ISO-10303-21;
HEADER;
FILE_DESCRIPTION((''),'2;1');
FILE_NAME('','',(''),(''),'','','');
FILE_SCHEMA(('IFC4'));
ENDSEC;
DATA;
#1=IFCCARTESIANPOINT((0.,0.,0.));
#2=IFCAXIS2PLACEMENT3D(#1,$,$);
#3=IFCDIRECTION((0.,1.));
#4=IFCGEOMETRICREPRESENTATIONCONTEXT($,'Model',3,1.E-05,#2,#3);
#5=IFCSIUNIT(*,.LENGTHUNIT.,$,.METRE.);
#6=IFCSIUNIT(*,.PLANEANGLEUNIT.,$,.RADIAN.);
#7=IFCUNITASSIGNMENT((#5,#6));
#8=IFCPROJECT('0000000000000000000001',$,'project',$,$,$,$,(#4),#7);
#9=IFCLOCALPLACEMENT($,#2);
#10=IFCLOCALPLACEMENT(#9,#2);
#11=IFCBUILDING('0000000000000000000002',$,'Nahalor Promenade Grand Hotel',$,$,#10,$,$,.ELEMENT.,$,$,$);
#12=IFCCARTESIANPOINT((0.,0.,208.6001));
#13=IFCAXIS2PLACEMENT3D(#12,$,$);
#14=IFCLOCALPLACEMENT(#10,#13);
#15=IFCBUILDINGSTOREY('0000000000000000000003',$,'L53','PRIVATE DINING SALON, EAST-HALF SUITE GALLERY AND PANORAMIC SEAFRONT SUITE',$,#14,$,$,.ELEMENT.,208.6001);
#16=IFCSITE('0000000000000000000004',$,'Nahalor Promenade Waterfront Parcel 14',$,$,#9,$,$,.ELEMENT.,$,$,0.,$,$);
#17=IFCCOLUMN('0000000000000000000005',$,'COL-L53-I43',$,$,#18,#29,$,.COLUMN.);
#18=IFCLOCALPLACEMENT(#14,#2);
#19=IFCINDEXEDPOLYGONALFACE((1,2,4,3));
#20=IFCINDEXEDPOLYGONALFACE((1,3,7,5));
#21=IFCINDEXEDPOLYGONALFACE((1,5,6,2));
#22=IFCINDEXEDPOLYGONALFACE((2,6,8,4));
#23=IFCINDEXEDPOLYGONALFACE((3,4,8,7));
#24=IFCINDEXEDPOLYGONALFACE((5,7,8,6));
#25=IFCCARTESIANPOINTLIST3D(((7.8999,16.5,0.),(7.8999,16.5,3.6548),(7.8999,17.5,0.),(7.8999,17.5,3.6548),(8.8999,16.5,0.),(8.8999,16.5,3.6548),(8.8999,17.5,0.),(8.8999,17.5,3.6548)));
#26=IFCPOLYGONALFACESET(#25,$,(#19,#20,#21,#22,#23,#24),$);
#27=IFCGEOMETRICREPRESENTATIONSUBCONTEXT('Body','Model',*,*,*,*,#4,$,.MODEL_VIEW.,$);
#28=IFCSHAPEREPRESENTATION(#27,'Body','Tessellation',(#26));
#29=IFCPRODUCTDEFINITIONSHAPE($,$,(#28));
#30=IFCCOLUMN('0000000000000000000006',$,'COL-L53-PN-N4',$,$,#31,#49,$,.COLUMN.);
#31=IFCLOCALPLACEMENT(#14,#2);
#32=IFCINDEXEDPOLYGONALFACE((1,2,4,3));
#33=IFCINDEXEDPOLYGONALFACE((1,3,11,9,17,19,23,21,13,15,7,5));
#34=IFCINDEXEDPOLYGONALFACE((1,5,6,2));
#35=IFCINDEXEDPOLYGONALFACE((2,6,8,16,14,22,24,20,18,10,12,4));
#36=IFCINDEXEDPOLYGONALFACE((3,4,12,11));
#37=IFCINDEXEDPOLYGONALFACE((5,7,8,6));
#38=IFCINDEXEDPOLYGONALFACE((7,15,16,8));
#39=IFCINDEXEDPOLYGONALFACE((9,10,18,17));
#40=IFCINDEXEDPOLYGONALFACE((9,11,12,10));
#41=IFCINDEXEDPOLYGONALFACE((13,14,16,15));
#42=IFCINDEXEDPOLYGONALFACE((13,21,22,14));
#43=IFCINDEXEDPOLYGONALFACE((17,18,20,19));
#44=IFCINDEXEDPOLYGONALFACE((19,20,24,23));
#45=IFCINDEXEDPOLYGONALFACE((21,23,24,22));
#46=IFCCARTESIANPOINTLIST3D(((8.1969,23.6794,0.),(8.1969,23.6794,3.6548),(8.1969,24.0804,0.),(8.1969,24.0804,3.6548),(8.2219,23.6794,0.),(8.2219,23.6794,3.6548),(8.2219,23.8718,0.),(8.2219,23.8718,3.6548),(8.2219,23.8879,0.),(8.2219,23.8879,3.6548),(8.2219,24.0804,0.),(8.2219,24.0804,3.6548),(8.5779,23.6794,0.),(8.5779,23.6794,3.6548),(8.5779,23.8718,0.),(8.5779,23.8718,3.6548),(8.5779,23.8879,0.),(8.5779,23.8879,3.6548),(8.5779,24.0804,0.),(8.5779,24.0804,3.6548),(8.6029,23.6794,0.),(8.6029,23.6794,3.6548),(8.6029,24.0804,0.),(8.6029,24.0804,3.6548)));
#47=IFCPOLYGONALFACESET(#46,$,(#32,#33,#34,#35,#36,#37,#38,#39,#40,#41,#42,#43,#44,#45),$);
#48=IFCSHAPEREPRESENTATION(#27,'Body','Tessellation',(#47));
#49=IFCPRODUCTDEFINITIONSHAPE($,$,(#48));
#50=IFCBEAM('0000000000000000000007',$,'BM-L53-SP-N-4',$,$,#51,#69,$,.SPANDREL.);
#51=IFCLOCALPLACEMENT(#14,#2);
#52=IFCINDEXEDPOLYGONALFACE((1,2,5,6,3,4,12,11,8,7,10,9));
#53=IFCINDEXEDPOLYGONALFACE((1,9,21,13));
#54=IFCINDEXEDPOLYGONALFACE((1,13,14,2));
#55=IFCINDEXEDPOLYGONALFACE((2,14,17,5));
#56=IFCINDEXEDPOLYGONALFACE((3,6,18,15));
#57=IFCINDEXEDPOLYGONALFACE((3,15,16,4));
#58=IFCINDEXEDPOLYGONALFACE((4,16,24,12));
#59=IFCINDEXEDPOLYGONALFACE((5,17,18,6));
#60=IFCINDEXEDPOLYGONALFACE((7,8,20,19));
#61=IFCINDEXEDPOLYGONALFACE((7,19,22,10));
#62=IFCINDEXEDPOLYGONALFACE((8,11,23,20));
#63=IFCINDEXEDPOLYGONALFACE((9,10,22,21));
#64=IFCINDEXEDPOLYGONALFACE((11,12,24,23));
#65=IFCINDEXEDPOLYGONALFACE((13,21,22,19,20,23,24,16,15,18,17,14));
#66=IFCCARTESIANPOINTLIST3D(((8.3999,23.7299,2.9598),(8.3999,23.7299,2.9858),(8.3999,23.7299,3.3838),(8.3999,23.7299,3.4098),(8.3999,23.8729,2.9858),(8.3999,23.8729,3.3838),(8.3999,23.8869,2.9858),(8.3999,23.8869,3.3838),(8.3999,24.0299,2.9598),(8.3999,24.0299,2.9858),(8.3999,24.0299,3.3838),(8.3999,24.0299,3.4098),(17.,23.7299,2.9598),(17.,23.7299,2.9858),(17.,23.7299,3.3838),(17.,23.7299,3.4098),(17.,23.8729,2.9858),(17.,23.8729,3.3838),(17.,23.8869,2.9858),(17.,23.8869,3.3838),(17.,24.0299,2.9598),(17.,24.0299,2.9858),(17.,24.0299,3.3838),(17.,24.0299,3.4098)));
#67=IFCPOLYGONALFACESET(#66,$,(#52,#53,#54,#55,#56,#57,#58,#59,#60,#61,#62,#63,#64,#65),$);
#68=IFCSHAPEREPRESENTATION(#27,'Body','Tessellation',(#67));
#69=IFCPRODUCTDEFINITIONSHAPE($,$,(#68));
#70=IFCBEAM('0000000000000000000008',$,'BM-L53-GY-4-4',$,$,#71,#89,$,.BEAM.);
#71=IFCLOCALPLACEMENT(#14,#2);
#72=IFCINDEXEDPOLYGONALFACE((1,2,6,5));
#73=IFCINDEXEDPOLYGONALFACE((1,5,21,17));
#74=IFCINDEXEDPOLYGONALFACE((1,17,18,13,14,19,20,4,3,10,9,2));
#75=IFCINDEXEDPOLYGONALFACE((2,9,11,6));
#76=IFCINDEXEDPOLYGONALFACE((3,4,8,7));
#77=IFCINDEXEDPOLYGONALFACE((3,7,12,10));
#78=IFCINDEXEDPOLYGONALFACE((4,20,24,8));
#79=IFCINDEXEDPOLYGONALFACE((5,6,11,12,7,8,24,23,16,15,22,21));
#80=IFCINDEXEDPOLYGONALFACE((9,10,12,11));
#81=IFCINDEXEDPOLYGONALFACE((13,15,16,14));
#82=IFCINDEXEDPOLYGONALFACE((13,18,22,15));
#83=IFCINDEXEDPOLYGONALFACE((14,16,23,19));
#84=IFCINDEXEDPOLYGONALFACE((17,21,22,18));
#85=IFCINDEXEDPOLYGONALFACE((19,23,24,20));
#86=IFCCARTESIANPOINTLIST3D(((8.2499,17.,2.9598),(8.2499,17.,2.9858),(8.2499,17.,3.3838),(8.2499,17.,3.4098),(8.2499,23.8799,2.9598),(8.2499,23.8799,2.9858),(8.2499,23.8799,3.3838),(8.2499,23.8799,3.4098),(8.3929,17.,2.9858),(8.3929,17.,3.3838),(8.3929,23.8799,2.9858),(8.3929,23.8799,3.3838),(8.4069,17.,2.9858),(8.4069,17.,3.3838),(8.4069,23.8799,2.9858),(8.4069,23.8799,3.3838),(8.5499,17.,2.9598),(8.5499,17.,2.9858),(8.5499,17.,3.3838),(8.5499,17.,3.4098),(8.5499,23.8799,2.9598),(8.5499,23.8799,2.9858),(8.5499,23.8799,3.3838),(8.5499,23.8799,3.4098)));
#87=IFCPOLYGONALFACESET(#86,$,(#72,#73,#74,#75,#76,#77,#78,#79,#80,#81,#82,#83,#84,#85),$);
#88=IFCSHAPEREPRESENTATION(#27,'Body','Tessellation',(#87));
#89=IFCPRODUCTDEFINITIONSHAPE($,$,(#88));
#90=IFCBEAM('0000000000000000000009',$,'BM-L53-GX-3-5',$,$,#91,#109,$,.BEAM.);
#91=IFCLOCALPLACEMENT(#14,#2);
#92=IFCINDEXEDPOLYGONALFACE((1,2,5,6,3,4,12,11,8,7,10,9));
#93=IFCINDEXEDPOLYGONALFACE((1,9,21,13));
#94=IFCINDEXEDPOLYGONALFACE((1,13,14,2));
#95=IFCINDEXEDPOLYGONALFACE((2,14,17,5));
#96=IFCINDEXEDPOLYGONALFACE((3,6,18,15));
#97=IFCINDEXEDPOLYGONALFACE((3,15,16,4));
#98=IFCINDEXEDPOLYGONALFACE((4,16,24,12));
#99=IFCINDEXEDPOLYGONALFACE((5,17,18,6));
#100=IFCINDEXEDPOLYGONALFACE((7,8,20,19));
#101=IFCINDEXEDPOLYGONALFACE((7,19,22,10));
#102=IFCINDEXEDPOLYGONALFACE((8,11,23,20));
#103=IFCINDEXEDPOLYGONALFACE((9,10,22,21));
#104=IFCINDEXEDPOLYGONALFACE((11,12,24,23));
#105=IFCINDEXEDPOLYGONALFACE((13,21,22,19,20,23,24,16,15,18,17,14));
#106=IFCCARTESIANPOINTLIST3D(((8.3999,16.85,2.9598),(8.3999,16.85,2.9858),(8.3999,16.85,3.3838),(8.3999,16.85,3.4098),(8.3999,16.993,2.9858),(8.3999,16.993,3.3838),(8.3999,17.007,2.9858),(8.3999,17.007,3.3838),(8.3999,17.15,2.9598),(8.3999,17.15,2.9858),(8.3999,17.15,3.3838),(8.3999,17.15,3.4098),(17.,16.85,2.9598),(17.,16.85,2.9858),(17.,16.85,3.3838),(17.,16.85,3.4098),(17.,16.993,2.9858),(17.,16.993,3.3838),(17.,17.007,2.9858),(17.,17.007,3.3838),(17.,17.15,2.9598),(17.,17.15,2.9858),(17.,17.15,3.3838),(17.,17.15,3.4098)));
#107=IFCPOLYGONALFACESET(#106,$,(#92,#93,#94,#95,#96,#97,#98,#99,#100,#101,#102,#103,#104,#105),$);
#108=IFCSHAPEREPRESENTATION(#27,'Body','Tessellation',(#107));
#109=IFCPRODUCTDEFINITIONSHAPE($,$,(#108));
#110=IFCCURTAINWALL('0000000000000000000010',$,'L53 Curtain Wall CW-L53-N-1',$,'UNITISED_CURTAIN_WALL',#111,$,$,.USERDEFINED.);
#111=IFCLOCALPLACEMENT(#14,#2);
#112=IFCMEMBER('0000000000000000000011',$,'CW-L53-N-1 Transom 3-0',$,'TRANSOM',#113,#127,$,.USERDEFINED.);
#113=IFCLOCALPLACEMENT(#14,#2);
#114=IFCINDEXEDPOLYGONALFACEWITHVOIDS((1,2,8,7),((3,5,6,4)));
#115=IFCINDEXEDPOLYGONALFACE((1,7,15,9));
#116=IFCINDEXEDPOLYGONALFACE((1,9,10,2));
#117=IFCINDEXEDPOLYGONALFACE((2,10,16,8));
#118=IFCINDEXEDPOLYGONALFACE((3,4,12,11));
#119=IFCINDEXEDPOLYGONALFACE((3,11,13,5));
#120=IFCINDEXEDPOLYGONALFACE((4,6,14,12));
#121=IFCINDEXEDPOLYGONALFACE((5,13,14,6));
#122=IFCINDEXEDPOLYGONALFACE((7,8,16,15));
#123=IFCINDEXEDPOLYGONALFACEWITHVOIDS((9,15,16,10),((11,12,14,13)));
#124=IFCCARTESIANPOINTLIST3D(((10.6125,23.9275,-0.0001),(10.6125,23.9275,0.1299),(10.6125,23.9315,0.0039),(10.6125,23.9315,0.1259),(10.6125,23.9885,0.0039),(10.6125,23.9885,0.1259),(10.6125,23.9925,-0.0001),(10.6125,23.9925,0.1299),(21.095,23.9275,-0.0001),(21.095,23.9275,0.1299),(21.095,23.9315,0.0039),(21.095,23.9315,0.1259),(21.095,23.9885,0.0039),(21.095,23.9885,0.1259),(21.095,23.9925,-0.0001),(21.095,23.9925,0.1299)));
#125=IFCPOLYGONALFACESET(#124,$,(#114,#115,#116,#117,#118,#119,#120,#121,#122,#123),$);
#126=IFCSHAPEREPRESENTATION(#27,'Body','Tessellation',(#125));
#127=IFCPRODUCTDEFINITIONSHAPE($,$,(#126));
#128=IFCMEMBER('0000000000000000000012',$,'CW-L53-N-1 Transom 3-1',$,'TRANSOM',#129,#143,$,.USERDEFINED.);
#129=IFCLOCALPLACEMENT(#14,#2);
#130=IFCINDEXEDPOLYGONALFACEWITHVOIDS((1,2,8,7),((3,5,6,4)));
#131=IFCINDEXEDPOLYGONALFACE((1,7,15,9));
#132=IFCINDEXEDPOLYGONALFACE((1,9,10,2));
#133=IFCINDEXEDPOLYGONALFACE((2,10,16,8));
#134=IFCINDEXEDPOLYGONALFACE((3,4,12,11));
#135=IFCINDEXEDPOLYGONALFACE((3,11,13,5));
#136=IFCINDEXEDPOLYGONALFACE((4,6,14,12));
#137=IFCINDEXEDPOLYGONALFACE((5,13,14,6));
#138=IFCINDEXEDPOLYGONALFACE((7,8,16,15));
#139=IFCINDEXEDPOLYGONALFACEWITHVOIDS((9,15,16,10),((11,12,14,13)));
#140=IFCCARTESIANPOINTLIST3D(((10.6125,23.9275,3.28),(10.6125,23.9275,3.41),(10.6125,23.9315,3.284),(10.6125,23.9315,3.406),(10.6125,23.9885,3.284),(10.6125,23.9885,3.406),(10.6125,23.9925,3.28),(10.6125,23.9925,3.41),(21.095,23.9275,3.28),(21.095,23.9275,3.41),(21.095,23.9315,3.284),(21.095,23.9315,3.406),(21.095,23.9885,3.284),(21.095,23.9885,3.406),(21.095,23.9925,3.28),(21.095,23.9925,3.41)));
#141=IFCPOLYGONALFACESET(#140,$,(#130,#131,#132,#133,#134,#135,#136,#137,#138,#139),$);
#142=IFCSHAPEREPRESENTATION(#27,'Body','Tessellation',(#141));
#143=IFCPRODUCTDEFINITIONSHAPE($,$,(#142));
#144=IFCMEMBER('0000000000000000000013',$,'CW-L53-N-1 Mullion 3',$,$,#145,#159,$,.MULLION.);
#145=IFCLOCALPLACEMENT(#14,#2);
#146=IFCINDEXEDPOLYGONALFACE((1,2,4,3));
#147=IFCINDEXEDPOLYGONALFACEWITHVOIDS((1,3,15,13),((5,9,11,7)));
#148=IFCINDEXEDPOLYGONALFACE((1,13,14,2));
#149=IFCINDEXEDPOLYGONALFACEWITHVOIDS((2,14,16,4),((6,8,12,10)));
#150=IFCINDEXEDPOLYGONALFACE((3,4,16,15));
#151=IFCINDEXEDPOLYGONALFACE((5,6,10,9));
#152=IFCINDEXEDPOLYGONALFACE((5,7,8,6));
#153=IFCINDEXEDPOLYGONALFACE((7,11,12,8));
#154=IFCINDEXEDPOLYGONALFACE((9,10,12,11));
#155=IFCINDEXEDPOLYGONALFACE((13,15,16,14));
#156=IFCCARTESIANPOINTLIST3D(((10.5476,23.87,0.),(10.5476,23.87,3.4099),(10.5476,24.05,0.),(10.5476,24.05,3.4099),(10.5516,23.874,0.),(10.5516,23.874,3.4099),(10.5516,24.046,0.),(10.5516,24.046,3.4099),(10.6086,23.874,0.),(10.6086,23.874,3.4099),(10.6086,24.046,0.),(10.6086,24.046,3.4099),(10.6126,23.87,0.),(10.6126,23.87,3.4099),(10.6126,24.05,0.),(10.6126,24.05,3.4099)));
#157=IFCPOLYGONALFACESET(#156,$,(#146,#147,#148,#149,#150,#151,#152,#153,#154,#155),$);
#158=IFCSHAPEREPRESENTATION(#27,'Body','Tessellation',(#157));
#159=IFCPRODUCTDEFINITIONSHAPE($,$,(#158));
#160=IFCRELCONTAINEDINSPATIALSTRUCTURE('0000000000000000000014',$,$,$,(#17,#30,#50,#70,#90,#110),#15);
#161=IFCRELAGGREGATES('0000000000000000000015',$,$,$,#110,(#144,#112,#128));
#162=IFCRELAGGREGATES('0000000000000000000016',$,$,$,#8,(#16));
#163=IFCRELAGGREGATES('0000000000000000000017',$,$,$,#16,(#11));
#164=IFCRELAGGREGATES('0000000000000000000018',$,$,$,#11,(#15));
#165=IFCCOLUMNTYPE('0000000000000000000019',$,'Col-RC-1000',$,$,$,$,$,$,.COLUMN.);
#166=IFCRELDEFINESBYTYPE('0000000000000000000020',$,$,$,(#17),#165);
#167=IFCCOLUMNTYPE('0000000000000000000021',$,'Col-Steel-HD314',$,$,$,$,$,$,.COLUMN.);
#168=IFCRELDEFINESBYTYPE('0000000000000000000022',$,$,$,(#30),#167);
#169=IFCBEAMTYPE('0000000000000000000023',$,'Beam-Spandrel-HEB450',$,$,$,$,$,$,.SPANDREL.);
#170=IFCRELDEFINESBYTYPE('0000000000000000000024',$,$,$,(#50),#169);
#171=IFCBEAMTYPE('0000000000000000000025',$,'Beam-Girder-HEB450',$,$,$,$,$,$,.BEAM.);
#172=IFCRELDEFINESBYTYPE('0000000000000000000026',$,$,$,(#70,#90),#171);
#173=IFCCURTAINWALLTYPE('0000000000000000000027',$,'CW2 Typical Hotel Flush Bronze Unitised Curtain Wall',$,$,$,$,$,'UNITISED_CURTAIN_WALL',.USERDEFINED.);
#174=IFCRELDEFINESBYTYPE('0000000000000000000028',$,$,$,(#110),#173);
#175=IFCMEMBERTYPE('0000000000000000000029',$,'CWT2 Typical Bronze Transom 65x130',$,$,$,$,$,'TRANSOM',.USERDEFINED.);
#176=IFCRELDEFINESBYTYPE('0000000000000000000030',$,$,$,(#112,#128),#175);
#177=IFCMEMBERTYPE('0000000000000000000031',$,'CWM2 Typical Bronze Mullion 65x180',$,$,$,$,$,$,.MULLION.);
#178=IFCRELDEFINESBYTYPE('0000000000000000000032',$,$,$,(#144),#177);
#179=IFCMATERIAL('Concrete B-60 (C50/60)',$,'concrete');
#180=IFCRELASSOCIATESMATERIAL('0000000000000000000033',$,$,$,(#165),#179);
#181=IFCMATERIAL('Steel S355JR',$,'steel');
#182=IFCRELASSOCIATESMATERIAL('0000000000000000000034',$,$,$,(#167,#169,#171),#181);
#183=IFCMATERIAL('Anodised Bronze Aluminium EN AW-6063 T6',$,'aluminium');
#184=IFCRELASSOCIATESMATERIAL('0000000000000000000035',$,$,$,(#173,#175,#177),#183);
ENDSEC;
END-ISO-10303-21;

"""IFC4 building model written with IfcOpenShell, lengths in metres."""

from ifc_helpers import new_model, si_unit, direction, frame, origin, origin_2d, place, context, subcontext, project, spatial, rectangle, hollow_rectangle, i_section, extrude, source, transform, mapped, material, material_profile, profile_set, type_object, element, aggregate, save


model = new_model("IFC4")

# Units and contexts
model_context = context("Model", 3, precision=1e-05, world=origin(), true_north=direction((0.0, 1.0)))
body_context = subcontext(model_context, "Body", "Model", "MODEL_VIEW")
ifc_project = project(units=[si_unit("LENGTHUNIT", "METRE"), si_unit("PLANEANGLEUNIT", "RADIAN")], contexts=[model_context])

# Site, building, storey
site_placement = place(None, origin())
site = spatial("IfcSite", under=ifc_project, at=site_placement, Name="Nahalor Promenade Waterfront Parcel 14", CompositionType="ELEMENT", RefElevation=0.0)
building_placement = place(site_placement, origin())
building = spatial("IfcBuilding", under=site, at=building_placement, Name="Nahalor Promenade Grand Hotel", CompositionType="ELEMENT")
storey_placement = place(building_placement, frame((0.0, 0.0, 208.6001)))
storey = spatial("IfcBuildingStorey", under=building, at=storey_placement, Name="L53", Description="PRIVATE DINING SALON, EAST-HALF SUITE GALLERY AND PANORAMIC SEAFRONT SUITE", CompositionType="ELEMENT", Elevation=208.6001)

# Columns
ifc_material_1 = material(Name="Concrete B-60 (C50/60)", Category="concrete")
ifc_material_profile_1 = material_profile(ifc_material_1, rectangle(XDim=1.0, YDim=1.0, at=origin_2d()), Name="RC 1000x1000")
ifc_profile_set_1 = profile_set([ifc_material_profile_1], Name="Concrete B-60 (C50/60)")
column_type_1 = type_object("IfcColumnType", Name="Col-RC-1000", PredefinedType="COLUMN", material=ifc_profile_set_1)
shared_shape_1 = source(origin(), body_context, "Body", "SweptSolid", [
    extrude(rectangle(XDim=1.0, YDim=1.0, at=origin_2d()), origin(), (0.0, 0.0, 1.0), 3.6548),
])
column_1_placement = place(storey_placement, frame((8.3999, 17.0, 0.0), z_axis=(0.0, 0.0, 1.0), x_axis=(1.0, 0.0, 0.0)))
element("IfcColumn", 1, at=column_1_placement, inside=storey, type_object=column_type_1, Name="COL-L53-I43", PredefinedType="COLUMN", context=body_context, shape_type="MappedRepresentation", body=[
    mapped(shared_shape_1, transform((0.0, 0.0, 0.0), scale=1.0)),
])
ifc_material_2 = material(Name="Steel S355JR", Category="steel")
ifc_material_profile_2 = material_profile(ifc_material_2, i_section(OverallWidth=0.401, OverallDepth=0.406, WebThickness=0.0161, FlangeThickness=0.025, at=origin_2d()), Name="HD 400x314")
ifc_profile_set_2 = profile_set([ifc_material_profile_2], Name="Steel S355JR")
column_type_2 = type_object("IfcColumnType", Name="Col-Steel-HD314", PredefinedType="COLUMN", material=ifc_profile_set_2)
shared_shape_2 = source(origin(), body_context, "Body", "SweptSolid", [
    extrude(i_section(OverallWidth=0.401, OverallDepth=0.406, WebThickness=0.0161, FlangeThickness=0.025, at=origin_2d()), origin(), (0.0, 0.0, 1.0), 3.6548),
])
column_2_placement = place(storey_placement, frame((8.3999, 23.8799, 0.0), z_axis=(0.0, 0.0, 1.0), x_axis=(0.0, 1.0, 0.0)))
element("IfcColumn", 2, at=column_2_placement, inside=storey, type_object=column_type_2, Name="COL-L53-PN-N4", PredefinedType="COLUMN", context=body_context, shape_type="MappedRepresentation", body=[
    mapped(shared_shape_2, transform((0.0, 0.0, 0.0), scale=1.0)),
])

# Beams
ifc_material_profile_3 = material_profile(ifc_material_2, i_section(OverallWidth=0.3, OverallDepth=0.45, WebThickness=0.014, FlangeThickness=0.026, at=origin_2d()), Name="HEB 450")
ifc_profile_set_3 = profile_set([ifc_material_profile_3], Name="Steel S355JR")
beam_type_1 = type_object("IfcBeamType", Name="Beam-Spandrel-HEB450", PredefinedType="SPANDREL", material=ifc_profile_set_3)
shared_shape_3 = source(origin(), body_context, "Body", "SweptSolid", [
    extrude(i_section(OverallWidth=0.3, OverallDepth=0.45, WebThickness=0.014, FlangeThickness=0.026, at=origin_2d()), origin(), (0.0, 0.0, 1.0), 8.6001),
])
beam_1_placement = place(storey_placement, frame((8.3999, 23.8799, 3.1848), z_axis=(1.0, 0.0, 0.0), x_axis=(0.0, 1.0, 0.0)))
element("IfcBeam", 3, at=beam_1_placement, inside=storey, type_object=beam_type_1, Name="BM-L53-SP-N-4", PredefinedType="SPANDREL", context=body_context, shape_type="MappedRepresentation", body=[
    mapped(shared_shape_3, transform((0.0, 0.0, 0.0), scale=1.0)),
])
ifc_material_profile_4 = material_profile(ifc_material_2, i_section(OverallWidth=0.3, OverallDepth=0.45, WebThickness=0.014, FlangeThickness=0.026, at=origin_2d()), Name="HEB 450")
ifc_profile_set_4 = profile_set([ifc_material_profile_4], Name="Steel S355JR")
beam_type_2 = type_object("IfcBeamType", Name="Beam-Girder-HEB450", PredefinedType="BEAM", material=ifc_profile_set_4)
shared_shape_4 = source(origin(), body_context, "Body", "SweptSolid", [
    extrude(i_section(OverallWidth=0.3, OverallDepth=0.45, WebThickness=0.014, FlangeThickness=0.026, at=origin_2d()), origin(), (0.0, 0.0, 1.0), 6.8799),
])
beam_2_placement = place(storey_placement, frame((8.3999, 17.0, 3.1848), z_axis=(0.0, 1.0, 0.0), x_axis=(-1.0, 0.0, 0.0)))
element("IfcBeam", 4, at=beam_2_placement, inside=storey, type_object=beam_type_2, Name="BM-L53-GY-4-4", PredefinedType="BEAM", context=body_context, shape_type="MappedRepresentation", body=[
    mapped(shared_shape_4, transform((0.0, 0.0, 0.0), scale=1.0)),
])
shared_shape_5 = source(origin(), body_context, "Body", "SweptSolid", [
    extrude(i_section(OverallWidth=0.3, OverallDepth=0.45, WebThickness=0.014, FlangeThickness=0.026, at=origin_2d()), origin(), (0.0, 0.0, 1.0), 8.6001),
])
beam_3_placement = place(storey_placement, frame((8.3999, 17.0, 3.1848), z_axis=(1.0, 0.0, 0.0), x_axis=(0.0, 1.0, 0.0)))
element("IfcBeam", 5, at=beam_3_placement, inside=storey, type_object=beam_type_2, Name="BM-L53-GX-3-5", PredefinedType="BEAM", context=body_context, shape_type="MappedRepresentation", body=[
    mapped(shared_shape_5, transform((0.0, 0.0, 0.0), scale=1.0)),
])

# Curtain wall, members
ifc_material_3 = material(Name="Anodised Bronze Aluminium EN AW-6063 T6", Category="aluminium")
curtain_wall_type = type_object("IfcCurtainWallType", Name="CW2 Typical Hotel Flush Bronze Unitised Curtain Wall", ElementType="UNITISED_CURTAIN_WALL", PredefinedType="USERDEFINED", material=ifc_material_3)
curtain_wall_placement = place(storey_placement, origin())
curtain_wall = element("IfcCurtainWall", 6, at=curtain_wall_placement, inside=storey, type_object=curtain_wall_type, Name="L53 Curtain Wall CW-L53-N-1", ObjectType="UNITISED_CURTAIN_WALL", PredefinedType="USERDEFINED")
ifc_material_profile_5 = material_profile(ifc_material_3, hollow_rectangle(XDim=0.065, YDim=0.13, WallThickness=0.004, at=origin_2d()), Name="CWT 65x130x4")
ifc_profile_set_5 = profile_set([ifc_material_profile_5], Name="Anodised Bronze Aluminium EN AW-6063 T6")
member_type_1 = type_object("IfcMemberType", Name="CWT2 Typical Bronze Transom 65x130", ElementType="TRANSOM", PredefinedType="USERDEFINED", material=ifc_profile_set_5)
shared_shape_6 = source(origin(), body_context, "Body", "SweptSolid", [
    extrude(hollow_rectangle(XDim=0.065, YDim=0.13, WallThickness=0.004, at=origin_2d()), origin(), (0.0, 0.0, 1.0), 10.4824),
])
member_1_placement = place(storey_placement, frame((10.6125, 23.96, 0.0649), z_axis=(1.0, 0.0, 0.0), x_axis=(0.0, 1.0, 0.0)))
member_1 = element("IfcMember", 7, at=member_1_placement, type_object=member_type_1, Name="CW-L53-N-1 Transom 3-0", ObjectType="TRANSOM", PredefinedType="USERDEFINED", context=body_context, shape_type="MappedRepresentation", body=[
    mapped(shared_shape_6, transform((0.0, 0.0, 0.0), scale=1.0)),
])
member_2_placement = place(storey_placement, frame((10.6125, 23.96, 3.345), z_axis=(1.0, 0.0, 0.0), x_axis=(0.0, 1.0, 0.0)))
member_2 = element("IfcMember", 8, at=member_2_placement, type_object=member_type_1, Name="CW-L53-N-1 Transom 3-1", ObjectType="TRANSOM", PredefinedType="USERDEFINED", context=body_context, shape_type="MappedRepresentation", body=[
    mapped(shared_shape_6, transform((0.0, 0.0, 0.0), scale=1.0)),
])
ifc_material_profile_6 = material_profile(ifc_material_3, hollow_rectangle(XDim=0.065, YDim=0.18, WallThickness=0.004, at=origin_2d()), Name="CWM 65x180x4")
ifc_profile_set_6 = profile_set([ifc_material_profile_6], Name="Anodised Bronze Aluminium EN AW-6063 T6")
member_type_2 = type_object("IfcMemberType", Name="CWM2 Typical Bronze Mullion 65x180", PredefinedType="MULLION", material=ifc_profile_set_6)
shared_shape_7 = source(origin(), body_context, "Body", "SweptSolid", [
    extrude(hollow_rectangle(XDim=0.065, YDim=0.18, WallThickness=0.004, at=origin_2d()), origin(), (0.0, 0.0, 1.0), 3.4099),
])
member_3_placement = place(storey_placement, frame((10.5801, 23.96, 0.0), z_axis=(0.0, 0.0, 1.0), x_axis=(1.0, 0.0, 0.0)))
member_3 = element("IfcMember", 9, at=member_3_placement, type_object=member_type_2, Name="CW-L53-N-1 Mullion 3", PredefinedType="MULLION", context=body_context, shape_type="MappedRepresentation", body=[
    mapped(shared_shape_7, transform((0.0, 0.0, 0.0), scale=1.0)),
])
aggregate(curtain_wall, [member_3, member_1, member_2])

save(model, "model.ifc")
